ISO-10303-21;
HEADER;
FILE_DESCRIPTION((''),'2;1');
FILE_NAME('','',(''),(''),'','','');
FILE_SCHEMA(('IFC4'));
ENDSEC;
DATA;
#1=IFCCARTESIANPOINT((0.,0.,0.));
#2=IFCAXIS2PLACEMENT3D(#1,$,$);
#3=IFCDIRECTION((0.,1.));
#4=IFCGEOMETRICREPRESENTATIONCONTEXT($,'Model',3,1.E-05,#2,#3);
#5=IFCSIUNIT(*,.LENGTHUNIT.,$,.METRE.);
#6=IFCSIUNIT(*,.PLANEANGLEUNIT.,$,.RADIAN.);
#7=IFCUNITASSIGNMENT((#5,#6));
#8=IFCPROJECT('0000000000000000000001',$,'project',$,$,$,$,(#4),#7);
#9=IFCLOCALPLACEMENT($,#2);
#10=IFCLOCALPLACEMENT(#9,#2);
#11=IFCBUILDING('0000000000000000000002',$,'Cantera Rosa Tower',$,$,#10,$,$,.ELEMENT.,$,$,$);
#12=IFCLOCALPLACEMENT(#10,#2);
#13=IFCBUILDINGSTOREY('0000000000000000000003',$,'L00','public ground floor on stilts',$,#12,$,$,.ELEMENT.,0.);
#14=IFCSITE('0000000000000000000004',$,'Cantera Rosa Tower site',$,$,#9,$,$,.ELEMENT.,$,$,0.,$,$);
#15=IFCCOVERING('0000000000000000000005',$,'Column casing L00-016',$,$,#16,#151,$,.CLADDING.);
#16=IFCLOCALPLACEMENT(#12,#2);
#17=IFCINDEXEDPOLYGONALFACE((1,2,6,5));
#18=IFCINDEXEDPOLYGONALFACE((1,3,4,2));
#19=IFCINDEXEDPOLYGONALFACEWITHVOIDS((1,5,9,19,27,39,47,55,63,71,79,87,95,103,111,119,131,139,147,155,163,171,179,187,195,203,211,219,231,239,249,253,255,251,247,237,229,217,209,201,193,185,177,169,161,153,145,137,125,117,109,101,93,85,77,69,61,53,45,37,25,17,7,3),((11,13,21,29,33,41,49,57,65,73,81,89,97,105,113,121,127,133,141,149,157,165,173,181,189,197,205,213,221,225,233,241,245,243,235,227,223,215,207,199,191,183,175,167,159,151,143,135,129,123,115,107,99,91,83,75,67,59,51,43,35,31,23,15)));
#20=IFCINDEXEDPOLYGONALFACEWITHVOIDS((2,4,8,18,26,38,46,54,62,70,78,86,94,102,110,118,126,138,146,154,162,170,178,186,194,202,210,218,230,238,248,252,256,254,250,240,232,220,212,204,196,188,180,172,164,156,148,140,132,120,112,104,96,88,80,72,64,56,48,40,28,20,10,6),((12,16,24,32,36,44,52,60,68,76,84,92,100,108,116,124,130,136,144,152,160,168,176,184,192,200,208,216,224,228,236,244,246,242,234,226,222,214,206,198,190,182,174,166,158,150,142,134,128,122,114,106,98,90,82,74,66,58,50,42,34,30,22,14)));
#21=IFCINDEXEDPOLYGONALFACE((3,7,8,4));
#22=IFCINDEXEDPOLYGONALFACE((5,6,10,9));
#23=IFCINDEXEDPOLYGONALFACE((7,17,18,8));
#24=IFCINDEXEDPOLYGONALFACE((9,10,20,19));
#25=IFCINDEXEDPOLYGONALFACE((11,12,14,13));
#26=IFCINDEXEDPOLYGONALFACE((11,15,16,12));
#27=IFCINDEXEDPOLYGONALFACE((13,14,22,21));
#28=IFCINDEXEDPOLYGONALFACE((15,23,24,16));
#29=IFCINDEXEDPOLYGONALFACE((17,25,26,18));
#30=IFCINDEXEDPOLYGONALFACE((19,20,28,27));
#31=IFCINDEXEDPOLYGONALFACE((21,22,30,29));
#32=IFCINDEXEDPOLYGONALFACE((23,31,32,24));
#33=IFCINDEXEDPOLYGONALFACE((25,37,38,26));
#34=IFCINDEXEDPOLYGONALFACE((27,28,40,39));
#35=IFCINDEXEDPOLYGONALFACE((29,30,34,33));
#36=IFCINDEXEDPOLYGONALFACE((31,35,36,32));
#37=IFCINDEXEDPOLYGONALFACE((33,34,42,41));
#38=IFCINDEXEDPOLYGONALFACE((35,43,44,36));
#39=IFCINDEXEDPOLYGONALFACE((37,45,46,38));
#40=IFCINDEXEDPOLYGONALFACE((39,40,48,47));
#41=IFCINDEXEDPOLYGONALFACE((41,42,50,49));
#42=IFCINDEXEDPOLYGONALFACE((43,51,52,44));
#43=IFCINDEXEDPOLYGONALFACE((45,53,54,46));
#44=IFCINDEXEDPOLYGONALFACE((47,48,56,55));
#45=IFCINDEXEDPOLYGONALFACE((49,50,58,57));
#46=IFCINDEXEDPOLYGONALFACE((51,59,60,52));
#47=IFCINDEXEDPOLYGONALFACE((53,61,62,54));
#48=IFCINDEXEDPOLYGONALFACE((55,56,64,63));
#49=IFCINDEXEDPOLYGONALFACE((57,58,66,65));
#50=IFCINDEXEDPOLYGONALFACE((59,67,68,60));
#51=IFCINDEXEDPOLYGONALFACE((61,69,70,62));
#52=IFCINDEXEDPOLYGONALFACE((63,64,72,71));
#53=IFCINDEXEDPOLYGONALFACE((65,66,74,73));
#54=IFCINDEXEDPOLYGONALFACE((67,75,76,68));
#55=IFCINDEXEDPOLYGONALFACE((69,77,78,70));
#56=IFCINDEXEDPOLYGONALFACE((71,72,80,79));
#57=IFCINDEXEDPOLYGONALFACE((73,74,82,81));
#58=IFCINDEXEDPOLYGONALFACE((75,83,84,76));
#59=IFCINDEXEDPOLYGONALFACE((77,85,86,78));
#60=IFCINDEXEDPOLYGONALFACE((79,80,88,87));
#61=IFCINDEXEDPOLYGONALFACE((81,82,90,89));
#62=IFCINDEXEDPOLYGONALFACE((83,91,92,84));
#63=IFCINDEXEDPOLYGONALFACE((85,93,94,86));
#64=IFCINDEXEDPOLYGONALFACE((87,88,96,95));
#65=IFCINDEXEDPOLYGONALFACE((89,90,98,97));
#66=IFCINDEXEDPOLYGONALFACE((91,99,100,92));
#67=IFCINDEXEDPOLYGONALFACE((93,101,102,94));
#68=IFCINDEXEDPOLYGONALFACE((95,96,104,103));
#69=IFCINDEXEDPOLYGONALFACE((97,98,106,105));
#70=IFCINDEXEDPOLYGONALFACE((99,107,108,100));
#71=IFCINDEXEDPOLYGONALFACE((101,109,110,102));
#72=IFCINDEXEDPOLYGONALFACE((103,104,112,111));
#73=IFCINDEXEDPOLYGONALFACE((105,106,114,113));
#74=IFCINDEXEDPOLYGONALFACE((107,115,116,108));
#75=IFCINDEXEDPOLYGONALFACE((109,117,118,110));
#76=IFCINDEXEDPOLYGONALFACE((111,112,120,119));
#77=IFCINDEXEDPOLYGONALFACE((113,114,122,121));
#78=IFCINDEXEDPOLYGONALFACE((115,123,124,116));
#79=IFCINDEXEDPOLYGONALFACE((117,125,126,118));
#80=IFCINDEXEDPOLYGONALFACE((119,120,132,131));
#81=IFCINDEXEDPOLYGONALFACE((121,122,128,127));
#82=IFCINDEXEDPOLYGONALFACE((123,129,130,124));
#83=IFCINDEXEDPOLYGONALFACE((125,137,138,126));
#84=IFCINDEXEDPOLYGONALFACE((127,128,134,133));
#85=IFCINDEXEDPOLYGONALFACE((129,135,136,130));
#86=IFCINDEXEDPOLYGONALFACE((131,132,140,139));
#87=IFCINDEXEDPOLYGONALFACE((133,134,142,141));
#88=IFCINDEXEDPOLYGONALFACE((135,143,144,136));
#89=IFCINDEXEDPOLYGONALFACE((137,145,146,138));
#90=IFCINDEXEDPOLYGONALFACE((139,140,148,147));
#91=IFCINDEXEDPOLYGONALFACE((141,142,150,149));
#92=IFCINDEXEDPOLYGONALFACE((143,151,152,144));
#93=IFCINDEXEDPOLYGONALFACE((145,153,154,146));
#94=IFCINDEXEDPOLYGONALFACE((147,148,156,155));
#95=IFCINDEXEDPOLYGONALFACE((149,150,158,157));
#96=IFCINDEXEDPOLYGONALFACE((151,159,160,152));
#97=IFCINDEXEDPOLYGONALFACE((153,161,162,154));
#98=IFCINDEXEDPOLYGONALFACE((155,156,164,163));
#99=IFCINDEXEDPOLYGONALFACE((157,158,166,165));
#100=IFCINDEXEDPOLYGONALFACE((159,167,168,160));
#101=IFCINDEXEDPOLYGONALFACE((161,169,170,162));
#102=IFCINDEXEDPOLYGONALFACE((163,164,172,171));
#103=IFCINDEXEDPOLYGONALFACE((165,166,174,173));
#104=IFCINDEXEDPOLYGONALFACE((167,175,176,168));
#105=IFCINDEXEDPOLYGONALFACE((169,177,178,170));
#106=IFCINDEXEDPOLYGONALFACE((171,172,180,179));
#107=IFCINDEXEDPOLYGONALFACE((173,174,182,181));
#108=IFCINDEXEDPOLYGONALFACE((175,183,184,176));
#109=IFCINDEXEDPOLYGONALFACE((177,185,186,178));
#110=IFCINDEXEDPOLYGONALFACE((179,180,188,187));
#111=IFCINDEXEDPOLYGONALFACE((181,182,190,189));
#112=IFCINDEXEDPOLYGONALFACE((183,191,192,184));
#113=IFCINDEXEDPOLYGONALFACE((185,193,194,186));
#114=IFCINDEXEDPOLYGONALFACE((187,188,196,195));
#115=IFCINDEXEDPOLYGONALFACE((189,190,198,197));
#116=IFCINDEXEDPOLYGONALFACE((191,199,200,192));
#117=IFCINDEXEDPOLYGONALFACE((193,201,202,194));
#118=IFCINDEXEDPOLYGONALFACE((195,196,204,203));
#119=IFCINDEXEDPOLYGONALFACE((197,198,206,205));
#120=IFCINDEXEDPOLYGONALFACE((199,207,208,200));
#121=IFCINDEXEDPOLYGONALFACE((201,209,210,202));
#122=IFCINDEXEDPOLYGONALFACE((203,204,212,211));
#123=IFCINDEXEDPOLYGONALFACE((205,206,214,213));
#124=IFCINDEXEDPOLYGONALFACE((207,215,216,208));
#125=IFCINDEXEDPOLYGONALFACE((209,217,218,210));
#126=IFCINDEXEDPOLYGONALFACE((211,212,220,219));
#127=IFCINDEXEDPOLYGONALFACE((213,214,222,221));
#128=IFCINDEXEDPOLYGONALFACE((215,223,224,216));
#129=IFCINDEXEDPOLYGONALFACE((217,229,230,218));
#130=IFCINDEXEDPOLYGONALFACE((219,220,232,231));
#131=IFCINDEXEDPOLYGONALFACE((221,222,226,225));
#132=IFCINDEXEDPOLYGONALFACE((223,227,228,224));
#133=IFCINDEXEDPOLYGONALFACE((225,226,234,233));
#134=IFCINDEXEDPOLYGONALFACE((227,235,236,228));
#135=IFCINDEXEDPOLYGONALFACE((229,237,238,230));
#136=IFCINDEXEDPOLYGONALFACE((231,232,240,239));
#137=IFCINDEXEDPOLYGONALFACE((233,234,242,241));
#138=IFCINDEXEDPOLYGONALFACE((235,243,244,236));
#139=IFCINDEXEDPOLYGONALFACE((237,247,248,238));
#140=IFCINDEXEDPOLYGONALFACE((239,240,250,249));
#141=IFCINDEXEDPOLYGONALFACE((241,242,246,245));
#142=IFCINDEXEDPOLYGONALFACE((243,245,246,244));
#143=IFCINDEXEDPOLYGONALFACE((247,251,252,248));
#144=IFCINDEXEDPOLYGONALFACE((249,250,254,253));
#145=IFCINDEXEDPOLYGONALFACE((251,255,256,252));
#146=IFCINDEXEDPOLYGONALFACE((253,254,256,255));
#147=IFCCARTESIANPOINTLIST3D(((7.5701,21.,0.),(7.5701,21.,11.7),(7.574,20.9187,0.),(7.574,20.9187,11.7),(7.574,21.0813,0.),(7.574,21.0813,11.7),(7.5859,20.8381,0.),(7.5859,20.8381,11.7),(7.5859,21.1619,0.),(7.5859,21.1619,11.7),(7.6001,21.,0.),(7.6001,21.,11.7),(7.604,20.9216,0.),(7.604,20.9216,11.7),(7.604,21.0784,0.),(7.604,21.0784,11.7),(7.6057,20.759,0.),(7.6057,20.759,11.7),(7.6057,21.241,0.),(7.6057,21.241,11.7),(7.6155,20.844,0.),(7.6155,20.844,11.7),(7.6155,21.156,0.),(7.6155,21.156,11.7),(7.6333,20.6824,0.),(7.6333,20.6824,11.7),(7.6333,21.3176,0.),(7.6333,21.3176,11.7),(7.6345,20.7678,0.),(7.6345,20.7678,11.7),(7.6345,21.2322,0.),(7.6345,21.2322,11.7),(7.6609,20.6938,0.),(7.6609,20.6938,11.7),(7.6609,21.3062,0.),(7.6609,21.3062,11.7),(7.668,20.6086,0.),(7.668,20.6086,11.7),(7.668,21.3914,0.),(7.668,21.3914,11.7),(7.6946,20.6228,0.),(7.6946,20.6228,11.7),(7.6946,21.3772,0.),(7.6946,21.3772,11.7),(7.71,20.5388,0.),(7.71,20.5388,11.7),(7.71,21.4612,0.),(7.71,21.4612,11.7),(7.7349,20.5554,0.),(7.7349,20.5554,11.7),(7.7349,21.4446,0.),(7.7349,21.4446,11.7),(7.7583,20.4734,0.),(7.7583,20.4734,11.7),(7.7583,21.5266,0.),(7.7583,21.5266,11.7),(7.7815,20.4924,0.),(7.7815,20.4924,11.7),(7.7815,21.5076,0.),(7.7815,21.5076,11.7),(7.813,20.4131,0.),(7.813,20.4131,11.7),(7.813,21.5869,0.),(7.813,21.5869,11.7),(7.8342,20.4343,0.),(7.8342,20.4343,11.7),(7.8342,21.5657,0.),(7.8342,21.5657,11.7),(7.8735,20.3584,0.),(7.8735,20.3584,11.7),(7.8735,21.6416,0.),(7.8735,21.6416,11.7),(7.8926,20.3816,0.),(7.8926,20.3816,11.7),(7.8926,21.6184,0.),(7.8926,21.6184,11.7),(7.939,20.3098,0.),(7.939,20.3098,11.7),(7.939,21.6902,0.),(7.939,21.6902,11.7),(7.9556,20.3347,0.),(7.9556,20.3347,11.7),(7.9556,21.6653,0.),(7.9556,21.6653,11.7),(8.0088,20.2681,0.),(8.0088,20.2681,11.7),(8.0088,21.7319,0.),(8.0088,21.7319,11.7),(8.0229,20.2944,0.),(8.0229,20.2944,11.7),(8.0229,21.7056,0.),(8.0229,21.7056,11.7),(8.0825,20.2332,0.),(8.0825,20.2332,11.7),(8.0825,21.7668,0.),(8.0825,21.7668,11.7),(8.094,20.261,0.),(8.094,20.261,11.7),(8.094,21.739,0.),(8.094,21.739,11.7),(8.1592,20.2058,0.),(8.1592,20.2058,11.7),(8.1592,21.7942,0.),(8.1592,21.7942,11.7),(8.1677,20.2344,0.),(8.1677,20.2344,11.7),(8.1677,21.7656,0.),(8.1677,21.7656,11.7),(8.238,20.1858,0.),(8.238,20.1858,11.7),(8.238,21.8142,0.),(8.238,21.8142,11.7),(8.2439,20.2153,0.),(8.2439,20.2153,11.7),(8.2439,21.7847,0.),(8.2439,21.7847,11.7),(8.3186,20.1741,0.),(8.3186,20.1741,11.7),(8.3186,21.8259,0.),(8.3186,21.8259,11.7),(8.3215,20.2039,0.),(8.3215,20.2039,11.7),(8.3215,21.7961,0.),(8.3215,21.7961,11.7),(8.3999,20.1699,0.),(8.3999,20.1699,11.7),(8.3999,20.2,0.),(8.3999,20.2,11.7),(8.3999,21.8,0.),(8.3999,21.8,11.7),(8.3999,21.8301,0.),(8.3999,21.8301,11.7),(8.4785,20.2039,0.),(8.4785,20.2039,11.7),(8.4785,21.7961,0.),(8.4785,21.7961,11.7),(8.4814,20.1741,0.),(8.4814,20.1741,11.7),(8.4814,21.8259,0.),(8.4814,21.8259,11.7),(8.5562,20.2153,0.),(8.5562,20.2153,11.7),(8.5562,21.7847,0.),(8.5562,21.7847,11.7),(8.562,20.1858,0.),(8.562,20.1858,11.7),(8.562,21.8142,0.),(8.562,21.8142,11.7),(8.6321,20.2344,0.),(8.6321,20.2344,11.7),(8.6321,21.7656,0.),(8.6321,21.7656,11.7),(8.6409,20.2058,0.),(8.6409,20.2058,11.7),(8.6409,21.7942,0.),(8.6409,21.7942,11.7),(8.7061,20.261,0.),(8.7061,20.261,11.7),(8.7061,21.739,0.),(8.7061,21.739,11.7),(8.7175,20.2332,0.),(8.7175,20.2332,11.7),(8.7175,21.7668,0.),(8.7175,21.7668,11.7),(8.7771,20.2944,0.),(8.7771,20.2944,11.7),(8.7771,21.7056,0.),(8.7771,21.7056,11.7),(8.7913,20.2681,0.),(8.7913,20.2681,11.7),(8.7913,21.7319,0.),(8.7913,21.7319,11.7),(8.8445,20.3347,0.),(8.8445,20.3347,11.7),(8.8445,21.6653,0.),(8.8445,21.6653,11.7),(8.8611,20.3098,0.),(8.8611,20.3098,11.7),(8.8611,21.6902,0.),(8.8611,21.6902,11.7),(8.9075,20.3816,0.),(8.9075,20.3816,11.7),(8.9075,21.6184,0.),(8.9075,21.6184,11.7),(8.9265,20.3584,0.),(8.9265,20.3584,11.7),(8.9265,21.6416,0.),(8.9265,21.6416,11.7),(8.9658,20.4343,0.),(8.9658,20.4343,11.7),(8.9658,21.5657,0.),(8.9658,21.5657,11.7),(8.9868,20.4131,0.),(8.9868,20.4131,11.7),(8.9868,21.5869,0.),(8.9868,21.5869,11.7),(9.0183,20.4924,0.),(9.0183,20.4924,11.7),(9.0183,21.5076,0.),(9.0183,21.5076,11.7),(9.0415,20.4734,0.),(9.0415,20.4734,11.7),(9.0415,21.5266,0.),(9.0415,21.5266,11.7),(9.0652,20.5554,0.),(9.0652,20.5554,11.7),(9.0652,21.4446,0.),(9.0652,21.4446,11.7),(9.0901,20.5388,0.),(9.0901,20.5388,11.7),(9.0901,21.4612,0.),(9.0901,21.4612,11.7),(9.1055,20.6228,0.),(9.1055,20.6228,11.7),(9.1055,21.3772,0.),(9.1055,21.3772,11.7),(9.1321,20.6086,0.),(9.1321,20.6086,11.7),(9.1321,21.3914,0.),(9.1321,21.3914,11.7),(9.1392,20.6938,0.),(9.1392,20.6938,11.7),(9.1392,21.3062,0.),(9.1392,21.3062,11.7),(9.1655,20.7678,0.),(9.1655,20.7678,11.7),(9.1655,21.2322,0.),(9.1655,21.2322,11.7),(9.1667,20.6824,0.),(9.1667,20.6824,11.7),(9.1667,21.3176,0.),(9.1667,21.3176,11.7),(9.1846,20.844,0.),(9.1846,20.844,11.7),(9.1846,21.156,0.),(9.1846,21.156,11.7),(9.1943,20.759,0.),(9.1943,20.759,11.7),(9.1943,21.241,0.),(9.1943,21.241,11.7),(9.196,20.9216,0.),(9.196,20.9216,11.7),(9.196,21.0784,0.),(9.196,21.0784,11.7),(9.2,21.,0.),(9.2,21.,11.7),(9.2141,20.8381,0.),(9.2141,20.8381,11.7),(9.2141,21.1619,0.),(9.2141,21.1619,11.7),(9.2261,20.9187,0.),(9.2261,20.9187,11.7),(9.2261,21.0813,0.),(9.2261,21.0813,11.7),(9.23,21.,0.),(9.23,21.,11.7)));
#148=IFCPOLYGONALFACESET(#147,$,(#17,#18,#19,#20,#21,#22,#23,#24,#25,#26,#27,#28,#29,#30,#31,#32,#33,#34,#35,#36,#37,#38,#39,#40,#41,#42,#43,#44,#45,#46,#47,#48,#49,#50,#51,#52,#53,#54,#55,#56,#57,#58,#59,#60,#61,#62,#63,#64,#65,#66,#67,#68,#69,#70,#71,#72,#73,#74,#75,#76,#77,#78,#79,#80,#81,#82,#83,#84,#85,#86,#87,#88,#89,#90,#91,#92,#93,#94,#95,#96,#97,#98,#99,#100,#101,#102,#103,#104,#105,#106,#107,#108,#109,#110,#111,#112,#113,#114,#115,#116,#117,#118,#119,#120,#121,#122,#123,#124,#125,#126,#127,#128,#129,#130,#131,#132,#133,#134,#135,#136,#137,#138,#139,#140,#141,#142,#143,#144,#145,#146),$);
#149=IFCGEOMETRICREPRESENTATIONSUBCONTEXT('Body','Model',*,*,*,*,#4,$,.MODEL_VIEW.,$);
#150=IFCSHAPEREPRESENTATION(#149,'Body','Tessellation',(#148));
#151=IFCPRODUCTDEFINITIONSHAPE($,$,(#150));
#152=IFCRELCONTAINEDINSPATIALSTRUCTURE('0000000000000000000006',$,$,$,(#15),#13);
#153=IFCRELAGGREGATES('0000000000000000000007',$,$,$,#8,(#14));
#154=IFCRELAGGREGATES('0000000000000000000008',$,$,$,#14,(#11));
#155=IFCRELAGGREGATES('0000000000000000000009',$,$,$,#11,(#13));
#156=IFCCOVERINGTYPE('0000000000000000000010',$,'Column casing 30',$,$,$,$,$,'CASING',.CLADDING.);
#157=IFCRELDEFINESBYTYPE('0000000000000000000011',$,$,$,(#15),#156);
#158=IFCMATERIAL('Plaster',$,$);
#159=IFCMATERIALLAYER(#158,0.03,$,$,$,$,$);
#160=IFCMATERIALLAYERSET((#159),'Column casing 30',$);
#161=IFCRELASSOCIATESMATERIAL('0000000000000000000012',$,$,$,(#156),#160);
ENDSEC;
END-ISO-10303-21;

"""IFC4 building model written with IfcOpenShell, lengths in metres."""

from ifc_helpers import new_model, si_unit, direction, origin, place, context, subcontext, project, spatial, polyline, outline, extrude, material, layer, layer_set, type_object, element, save


model = new_model("IFC4")

# Units and contexts
model_context = context("Model", 3, precision=1e-05, world=origin(), true_north=direction((0.0, 1.0)))
body_context = subcontext(model_context, "Body", "Model", "MODEL_VIEW")
ifc_project = project(units=[si_unit("LENGTHUNIT", "METRE"), si_unit("PLANEANGLEUNIT", "RADIAN")], contexts=[model_context])

# Site, building, storey
site_placement = place(None, origin())
site = spatial("IfcSite", under=ifc_project, at=site_placement, Name="Cantera Rosa Tower site", CompositionType="ELEMENT", RefElevation=0.0)
building_placement = place(site_placement, origin())
building = spatial("IfcBuilding", under=site, at=building_placement, Name="Cantera Rosa Tower", CompositionType="ELEMENT")
storey_placement = place(building_placement, origin())
storey = spatial("IfcBuildingStorey", under=building, at=storey_placement, Name="L00", Description="public ground floor on stilts", CompositionType="ELEMENT", Elevation=0.0)

# Covering
ifc_material_1 = material(Name="Plaster")
ifc_layer_1 = layer(ifc_material_1, 0.03)
ifc_layer_set_1 = layer_set([ifc_layer_1], Name="Column casing 30")
covering_type = type_object("IfcCoveringType", Name="Column casing 30", ElementType="CASING", PredefinedType="CLADDING", material=ifc_layer_set_1)
covering_1_placement = place(storey_placement, origin())
element("IfcCovering", 1, at=covering_1_placement, inside=storey, type_object=covering_type, Name="Column casing L00-016", PredefinedType="CLADDING", context=body_context, shape_type="SweptSolid", body=[
    extrude(outline(polyline([(9.2261, 20.9187), (9.23, 21.0), (9.2261, 21.0813), (9.2141, 21.1619), (9.1943, 21.241), (9.1667, 21.3176), (9.1321, 21.3914), (9.0901, 21.4612), (9.0415, 21.5266), (8.9868, 21.5869), (8.9265, 21.6416), (8.8611, 21.6902), (8.7913, 21.7319), (8.7175, 21.7668), (8.6409, 21.7942), (8.562, 21.8142), (8.4814, 21.8259), (8.3999, 21.8301), (8.3186, 21.8259), (8.238, 21.8142), (8.1592, 21.7942), (8.0825, 21.7668), (8.0088, 21.7319), (7.939, 21.6902), (7.8735, 21.6416), (7.813, 21.5869), (7.7583, 21.5266), (7.71, 21.4612), (7.668, 21.3914), (7.6333, 21.3176), (7.6057, 21.241), (7.5859, 21.1619), (7.574, 21.0813), (7.5701, 21.0), (7.574, 20.9187), (7.5859, 20.8381), (7.6057, 20.759), (7.6333, 20.6824), (7.668, 20.6086), (7.71, 20.5388), (7.7583, 20.4734), (7.813, 20.4131), (7.8735, 20.3584), (7.939, 20.3098), (8.0088, 20.2681), (8.0825, 20.2332), (8.1592, 20.2058), (8.238, 20.1858), (8.3186, 20.1741), (8.3999, 20.1699), (8.4814, 20.1741), (8.562, 20.1858), (8.6409, 20.2058), (8.7175, 20.2332), (8.7913, 20.2681), (8.8611, 20.3098), (8.9265, 20.3584), (8.9868, 20.4131), (9.0415, 20.4734), (9.0901, 20.5388), (9.1321, 20.6086), (9.1667, 20.6824), (9.1943, 20.759), (9.2141, 20.8381), (9.2261, 20.9187)]), holes=[polyline([(9.196, 21.0784), (9.1846, 21.156), (9.1655, 21.2322), (9.1392, 21.3062), (9.1055, 21.3772), (9.0652, 21.4446), (9.0183, 21.5076), (8.9658, 21.5657), (8.9075, 21.6184), (8.8445, 21.6653), (8.7771, 21.7056), (8.7061, 21.739), (8.6321, 21.7656), (8.5562, 21.7847), (8.4785, 21.7961), (8.3999, 21.8), (8.3215, 21.7961), (8.2439, 21.7847), (8.1677, 21.7656), (8.094, 21.739), (8.0229, 21.7056), (7.9556, 21.6653), (7.8926, 21.6184), (7.8342, 21.5657), (7.7815, 21.5076), (7.7349, 21.4446), (7.6946, 21.3772), (7.6609, 21.3062), (7.6345, 21.2322), (7.6155, 21.156), (7.604, 21.0784), (7.6001, 21.0), (7.604, 20.9216), (7.6155, 20.844), (7.6345, 20.7678), (7.6609, 20.6938), (7.6946, 20.6228), (7.7349, 20.5554), (7.7815, 20.4924), (7.8342, 20.4343), (7.8926, 20.3816), (7.9556, 20.3347), (8.0229, 20.2944), (8.094, 20.261), (8.1677, 20.2344), (8.2439, 20.2153), (8.3215, 20.2039), (8.3999, 20.2), (8.4785, 20.2039), (8.5562, 20.2153), (8.6321, 20.2344), (8.7061, 20.261), (8.7771, 20.2944), (8.8445, 20.3347), (8.9075, 20.3816), (8.9658, 20.4343), (9.0183, 20.4924), (9.0652, 20.5554), (9.1055, 20.6228), (9.1392, 20.6938), (9.1655, 20.7678), (9.1846, 20.844), (9.196, 20.9216), (9.2, 21.0), (9.196, 21.0784)])]), origin(), (0.0, 0.0, 1.0), 11.7),
])

save(model, "model.ifc")
